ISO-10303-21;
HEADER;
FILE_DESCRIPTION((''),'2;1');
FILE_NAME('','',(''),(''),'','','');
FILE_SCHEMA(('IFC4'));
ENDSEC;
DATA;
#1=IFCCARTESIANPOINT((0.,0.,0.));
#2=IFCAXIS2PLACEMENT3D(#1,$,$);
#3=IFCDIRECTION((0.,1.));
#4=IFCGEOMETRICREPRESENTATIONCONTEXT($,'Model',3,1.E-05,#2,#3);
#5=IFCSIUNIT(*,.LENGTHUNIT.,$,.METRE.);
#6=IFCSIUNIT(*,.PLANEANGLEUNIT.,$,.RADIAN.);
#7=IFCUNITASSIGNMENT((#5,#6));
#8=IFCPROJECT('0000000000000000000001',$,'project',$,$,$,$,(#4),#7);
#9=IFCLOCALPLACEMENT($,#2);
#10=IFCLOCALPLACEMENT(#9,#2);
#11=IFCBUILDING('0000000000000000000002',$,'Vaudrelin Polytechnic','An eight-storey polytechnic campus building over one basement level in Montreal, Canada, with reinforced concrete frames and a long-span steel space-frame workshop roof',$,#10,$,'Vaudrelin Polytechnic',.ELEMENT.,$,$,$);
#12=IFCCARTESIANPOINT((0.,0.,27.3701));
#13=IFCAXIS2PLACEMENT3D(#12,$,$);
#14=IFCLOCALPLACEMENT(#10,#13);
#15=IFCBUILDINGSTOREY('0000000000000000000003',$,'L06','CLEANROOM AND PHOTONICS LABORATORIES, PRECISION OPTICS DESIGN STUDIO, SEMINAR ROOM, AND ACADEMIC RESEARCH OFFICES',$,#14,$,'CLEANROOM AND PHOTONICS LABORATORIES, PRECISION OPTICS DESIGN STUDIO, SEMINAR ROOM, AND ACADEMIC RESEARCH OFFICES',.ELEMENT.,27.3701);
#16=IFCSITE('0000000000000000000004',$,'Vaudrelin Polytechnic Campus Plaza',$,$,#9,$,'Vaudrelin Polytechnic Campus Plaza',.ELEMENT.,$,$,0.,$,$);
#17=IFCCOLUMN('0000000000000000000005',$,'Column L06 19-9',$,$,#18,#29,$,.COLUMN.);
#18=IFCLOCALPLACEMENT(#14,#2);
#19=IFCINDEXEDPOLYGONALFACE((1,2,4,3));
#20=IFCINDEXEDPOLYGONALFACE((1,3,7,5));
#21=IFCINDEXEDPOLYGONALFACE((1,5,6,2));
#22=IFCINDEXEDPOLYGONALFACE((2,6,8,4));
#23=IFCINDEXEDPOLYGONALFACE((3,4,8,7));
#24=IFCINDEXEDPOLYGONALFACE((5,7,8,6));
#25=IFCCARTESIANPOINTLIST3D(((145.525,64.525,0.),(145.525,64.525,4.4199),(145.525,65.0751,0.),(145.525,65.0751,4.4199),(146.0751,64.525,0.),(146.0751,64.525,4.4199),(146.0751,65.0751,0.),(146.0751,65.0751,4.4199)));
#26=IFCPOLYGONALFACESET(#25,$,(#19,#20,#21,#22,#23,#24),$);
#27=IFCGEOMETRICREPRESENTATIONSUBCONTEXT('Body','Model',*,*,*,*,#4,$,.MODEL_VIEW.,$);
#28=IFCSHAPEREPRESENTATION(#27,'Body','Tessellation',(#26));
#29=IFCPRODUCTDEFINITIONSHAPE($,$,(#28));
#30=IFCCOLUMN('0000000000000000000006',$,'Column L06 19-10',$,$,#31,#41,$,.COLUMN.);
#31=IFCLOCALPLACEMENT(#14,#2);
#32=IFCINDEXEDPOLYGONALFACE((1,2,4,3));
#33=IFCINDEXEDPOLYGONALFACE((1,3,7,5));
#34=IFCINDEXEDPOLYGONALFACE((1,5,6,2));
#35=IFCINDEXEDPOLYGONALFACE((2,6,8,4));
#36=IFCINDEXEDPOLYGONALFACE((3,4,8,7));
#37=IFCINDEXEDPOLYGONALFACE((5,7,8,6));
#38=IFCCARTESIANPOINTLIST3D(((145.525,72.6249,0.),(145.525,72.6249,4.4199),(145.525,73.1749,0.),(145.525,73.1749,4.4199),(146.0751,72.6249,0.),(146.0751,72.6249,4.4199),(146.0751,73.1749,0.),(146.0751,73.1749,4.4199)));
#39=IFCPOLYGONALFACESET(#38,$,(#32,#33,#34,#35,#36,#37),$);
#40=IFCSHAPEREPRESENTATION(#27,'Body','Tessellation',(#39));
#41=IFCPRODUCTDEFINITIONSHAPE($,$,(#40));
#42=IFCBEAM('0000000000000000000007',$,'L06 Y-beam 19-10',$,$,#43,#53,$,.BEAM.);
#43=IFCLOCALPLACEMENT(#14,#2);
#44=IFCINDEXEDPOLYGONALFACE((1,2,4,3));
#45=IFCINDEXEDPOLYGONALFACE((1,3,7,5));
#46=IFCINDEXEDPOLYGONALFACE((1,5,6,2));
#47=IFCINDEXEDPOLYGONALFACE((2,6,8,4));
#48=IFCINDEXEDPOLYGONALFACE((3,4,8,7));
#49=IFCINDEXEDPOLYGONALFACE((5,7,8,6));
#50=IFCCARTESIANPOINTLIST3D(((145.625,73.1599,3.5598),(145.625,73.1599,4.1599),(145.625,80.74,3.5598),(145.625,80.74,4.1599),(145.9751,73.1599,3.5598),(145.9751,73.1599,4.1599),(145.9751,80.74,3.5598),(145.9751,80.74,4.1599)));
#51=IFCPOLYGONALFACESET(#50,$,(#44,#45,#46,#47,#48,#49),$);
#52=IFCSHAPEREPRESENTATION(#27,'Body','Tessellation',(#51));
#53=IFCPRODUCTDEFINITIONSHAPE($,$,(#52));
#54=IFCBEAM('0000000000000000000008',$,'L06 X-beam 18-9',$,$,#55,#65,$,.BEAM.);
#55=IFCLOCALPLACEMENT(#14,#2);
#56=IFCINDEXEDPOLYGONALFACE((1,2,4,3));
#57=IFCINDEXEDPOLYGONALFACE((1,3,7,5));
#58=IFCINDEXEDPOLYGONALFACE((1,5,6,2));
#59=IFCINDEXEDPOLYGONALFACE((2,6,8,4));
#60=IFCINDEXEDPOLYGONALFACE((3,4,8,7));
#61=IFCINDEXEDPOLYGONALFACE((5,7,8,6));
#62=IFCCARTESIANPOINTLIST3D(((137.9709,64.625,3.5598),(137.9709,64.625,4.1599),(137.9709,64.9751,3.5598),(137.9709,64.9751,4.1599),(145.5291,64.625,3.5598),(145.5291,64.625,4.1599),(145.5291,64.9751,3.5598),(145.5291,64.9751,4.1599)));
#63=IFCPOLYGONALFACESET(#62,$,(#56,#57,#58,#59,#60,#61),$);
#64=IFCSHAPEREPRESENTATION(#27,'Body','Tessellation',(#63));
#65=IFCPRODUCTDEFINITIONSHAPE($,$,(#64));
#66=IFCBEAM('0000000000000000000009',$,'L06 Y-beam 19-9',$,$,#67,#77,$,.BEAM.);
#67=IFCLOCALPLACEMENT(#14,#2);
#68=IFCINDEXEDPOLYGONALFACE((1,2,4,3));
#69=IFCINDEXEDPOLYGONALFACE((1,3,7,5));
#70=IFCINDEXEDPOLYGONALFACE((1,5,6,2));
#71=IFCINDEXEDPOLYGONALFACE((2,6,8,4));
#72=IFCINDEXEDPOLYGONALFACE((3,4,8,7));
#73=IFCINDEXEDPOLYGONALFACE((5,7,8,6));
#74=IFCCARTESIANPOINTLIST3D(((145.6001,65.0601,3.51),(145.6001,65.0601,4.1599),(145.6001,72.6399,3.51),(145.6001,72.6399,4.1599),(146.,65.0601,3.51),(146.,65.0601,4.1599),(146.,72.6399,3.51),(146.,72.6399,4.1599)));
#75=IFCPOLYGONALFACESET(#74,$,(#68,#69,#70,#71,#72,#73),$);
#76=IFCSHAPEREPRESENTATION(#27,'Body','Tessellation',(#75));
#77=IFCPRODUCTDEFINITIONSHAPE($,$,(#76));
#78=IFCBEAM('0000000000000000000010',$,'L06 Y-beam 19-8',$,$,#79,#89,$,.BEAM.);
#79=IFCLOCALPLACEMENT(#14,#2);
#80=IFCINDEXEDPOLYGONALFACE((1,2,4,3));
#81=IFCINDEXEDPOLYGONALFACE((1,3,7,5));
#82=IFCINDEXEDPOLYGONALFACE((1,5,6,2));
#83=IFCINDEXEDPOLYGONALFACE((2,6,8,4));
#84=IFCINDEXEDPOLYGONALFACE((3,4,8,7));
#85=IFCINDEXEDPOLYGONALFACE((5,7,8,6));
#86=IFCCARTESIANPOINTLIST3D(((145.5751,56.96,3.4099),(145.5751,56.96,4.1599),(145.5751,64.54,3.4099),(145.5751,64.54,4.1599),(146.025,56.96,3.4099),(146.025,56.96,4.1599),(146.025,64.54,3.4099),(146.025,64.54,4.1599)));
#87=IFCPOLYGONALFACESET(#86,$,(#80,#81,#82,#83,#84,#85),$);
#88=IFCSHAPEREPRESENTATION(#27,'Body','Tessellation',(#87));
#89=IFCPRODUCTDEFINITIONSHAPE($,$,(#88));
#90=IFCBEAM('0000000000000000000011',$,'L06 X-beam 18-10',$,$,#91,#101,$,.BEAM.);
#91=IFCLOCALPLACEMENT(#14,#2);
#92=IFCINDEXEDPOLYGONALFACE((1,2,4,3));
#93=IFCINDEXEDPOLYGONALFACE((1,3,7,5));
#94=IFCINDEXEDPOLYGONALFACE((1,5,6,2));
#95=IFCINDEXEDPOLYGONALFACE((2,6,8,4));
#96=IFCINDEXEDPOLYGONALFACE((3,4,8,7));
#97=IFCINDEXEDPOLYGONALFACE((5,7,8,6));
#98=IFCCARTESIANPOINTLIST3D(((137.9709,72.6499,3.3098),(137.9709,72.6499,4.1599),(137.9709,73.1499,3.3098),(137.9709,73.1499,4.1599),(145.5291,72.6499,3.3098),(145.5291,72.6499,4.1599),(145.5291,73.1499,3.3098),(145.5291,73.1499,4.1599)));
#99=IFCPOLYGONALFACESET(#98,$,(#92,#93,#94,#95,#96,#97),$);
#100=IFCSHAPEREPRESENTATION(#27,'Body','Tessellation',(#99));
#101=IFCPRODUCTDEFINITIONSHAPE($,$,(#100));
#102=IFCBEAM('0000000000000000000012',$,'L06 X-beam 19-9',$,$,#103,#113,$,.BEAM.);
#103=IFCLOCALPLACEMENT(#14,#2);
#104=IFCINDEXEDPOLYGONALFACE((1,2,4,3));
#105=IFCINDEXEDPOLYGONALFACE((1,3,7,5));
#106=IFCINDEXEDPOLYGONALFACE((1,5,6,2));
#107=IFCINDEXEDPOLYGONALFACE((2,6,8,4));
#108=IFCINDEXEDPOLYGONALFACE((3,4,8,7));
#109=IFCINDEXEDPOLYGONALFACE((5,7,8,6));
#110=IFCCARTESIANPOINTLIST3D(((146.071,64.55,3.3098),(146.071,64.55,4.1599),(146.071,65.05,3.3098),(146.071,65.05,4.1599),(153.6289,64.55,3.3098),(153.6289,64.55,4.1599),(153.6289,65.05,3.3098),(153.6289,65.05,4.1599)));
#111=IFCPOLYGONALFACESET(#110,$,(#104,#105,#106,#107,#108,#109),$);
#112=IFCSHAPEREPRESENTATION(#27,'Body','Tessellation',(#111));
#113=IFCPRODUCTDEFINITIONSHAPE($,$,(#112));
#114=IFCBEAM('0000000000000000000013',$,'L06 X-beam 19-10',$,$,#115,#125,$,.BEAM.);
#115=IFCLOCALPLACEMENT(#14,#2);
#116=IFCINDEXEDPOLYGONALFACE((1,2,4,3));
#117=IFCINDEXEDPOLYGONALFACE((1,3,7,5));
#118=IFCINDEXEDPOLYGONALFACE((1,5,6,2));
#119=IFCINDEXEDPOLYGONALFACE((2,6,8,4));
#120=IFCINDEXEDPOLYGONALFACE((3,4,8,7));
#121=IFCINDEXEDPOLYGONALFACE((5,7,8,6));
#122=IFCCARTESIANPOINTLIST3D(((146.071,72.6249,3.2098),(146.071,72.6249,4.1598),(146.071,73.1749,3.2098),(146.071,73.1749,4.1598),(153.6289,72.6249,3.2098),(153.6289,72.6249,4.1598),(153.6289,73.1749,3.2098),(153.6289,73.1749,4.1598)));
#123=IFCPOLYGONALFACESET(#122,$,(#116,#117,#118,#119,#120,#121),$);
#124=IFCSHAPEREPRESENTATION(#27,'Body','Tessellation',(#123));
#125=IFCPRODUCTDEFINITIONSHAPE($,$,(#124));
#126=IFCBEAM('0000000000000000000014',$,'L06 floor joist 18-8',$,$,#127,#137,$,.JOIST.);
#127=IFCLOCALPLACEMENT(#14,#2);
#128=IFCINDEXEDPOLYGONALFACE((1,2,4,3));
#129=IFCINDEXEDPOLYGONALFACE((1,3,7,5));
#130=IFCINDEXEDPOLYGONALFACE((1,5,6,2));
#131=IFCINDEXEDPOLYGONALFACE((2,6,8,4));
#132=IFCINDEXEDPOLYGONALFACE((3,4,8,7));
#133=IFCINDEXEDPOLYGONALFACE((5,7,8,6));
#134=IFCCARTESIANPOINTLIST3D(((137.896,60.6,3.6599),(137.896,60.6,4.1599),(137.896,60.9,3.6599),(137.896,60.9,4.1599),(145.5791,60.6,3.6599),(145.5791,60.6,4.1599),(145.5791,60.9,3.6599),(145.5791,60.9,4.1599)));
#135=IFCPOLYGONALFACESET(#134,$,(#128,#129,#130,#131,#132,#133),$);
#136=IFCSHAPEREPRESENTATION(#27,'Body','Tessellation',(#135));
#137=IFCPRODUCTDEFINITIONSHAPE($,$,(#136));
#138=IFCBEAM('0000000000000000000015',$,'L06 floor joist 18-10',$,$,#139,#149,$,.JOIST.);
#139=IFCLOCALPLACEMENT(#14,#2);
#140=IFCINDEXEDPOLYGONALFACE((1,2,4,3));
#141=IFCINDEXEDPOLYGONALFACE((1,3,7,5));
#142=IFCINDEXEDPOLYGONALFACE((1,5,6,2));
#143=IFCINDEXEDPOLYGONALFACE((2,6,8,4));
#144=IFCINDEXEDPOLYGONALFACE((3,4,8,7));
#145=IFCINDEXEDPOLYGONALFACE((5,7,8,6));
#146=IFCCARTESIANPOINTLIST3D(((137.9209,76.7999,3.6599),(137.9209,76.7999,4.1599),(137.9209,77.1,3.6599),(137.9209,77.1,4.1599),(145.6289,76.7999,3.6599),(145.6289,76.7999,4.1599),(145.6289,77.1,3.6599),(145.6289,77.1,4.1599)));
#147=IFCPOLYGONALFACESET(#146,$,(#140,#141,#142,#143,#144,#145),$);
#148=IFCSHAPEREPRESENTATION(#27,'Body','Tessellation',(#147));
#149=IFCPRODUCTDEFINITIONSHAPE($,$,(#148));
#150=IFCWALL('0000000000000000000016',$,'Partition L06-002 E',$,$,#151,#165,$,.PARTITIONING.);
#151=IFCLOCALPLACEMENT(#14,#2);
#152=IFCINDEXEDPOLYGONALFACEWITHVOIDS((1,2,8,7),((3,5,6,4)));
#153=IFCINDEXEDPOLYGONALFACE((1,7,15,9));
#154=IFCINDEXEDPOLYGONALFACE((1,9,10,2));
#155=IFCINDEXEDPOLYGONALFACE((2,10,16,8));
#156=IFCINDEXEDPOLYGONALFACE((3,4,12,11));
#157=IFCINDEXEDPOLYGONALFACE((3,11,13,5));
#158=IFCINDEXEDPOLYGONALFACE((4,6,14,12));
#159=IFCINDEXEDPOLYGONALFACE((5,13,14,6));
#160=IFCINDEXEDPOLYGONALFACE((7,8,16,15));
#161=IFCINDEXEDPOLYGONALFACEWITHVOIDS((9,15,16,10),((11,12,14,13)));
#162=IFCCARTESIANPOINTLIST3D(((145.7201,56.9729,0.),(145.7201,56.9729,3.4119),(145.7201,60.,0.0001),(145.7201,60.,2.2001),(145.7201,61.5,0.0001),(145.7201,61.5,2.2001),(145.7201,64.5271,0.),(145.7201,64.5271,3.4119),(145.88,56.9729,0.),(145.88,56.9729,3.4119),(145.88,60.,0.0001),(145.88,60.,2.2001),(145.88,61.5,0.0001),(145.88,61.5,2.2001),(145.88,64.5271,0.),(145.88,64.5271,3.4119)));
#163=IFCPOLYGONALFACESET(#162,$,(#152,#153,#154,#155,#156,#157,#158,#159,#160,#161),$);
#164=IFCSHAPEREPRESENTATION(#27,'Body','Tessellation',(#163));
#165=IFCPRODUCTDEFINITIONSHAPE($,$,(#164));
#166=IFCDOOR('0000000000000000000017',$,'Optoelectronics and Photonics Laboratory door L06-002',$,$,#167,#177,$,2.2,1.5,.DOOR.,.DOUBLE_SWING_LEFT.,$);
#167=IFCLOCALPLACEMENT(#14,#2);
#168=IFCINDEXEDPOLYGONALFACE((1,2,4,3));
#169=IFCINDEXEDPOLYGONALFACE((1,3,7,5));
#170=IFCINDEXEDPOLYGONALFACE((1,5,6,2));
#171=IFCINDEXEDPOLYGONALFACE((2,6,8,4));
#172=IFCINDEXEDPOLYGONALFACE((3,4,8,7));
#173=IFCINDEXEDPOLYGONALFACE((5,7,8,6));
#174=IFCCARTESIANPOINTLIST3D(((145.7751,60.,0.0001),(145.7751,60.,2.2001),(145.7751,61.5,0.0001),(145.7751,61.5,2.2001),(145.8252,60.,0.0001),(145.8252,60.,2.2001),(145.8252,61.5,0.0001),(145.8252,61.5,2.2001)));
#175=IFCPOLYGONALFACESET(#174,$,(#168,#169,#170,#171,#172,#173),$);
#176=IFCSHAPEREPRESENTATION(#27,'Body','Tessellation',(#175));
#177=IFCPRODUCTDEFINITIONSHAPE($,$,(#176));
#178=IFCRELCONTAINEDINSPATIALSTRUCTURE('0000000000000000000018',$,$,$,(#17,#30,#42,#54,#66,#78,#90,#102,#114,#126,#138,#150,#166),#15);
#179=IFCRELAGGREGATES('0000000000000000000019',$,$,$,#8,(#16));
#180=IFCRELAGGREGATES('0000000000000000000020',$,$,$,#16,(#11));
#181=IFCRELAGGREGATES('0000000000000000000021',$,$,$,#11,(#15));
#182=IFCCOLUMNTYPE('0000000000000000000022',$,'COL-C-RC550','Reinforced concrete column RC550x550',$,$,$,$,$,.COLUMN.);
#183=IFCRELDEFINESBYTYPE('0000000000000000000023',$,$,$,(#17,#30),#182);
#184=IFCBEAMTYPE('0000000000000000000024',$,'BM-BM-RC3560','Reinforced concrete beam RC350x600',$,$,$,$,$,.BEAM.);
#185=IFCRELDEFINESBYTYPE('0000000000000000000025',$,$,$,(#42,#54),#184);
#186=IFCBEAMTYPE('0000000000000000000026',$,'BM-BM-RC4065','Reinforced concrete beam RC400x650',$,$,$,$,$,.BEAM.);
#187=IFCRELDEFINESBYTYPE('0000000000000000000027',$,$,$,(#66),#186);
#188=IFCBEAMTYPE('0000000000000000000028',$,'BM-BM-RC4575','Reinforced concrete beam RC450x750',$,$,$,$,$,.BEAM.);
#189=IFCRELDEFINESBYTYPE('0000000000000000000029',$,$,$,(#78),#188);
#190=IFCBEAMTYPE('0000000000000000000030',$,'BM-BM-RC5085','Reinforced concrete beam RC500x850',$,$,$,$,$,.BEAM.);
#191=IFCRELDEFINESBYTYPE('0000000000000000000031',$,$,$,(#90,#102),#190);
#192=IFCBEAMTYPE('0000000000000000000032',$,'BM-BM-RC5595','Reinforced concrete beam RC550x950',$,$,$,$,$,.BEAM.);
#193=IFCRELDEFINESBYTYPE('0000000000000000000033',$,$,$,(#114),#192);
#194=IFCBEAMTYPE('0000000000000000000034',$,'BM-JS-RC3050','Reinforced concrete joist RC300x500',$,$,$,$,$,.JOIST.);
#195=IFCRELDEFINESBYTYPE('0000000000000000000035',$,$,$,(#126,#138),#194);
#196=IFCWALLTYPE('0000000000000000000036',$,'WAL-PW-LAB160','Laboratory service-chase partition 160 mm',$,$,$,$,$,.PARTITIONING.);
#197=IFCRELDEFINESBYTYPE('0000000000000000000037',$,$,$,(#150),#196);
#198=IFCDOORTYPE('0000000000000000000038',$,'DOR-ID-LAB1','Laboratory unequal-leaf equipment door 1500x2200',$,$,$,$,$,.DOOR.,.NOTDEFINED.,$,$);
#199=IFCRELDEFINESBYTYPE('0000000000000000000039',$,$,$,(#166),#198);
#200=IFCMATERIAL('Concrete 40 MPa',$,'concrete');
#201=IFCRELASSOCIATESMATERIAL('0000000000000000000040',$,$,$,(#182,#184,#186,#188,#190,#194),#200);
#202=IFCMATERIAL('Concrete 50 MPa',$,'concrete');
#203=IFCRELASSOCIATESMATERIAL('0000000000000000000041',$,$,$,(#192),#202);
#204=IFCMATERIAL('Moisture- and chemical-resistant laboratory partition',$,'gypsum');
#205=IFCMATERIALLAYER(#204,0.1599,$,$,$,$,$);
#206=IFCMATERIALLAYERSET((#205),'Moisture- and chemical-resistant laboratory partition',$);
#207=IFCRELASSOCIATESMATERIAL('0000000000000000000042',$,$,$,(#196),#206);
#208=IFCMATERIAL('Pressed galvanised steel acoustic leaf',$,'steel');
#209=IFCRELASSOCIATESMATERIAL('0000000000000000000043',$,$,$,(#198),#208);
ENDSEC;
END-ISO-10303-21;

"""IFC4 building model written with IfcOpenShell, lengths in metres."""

from ifc_helpers import new_model, si_unit, direction, frame, frame_2d, origin, origin_2d, place, context, subcontext, project, spatial, rectangle, extrude, material, layer, layer_set, material_profile, profile_set, type_object, element, fill, save


model = new_model("IFC4")

# Units and contexts
model_context = context("Model", 3, precision=1e-05, world=origin(), true_north=direction((0.0, 1.0)))
body_context = subcontext(model_context, "Body", "Model", "MODEL_VIEW")
ifc_project = project(units=[si_unit("LENGTHUNIT", "METRE"), si_unit("PLANEANGLEUNIT", "RADIAN")], contexts=[model_context])

# Site, building, storey
site_placement = place(None, origin())
site = spatial("IfcSite", under=ifc_project, at=site_placement, Name="Vaudrelin Polytechnic Campus Plaza", LongName="Vaudrelin Polytechnic Campus Plaza", CompositionType="ELEMENT", RefElevation=0.0)
building_placement = place(site_placement, origin())
building = spatial("IfcBuilding", under=site, at=building_placement, Name="Vaudrelin Polytechnic", Description="An eight-storey polytechnic campus building over one basement level in Montreal, Canada, with reinforced concrete frames and a long-span steel space-frame workshop roof", LongName="Vaudrelin Polytechnic", CompositionType="ELEMENT")
storey_placement = place(building_placement, frame((0.0, 0.0, 27.3701)))
storey = spatial("IfcBuildingStorey", under=building, at=storey_placement, Name="L06", Description="CLEANROOM AND PHOTONICS LABORATORIES, PRECISION OPTICS DESIGN STUDIO, SEMINAR ROOM, AND ACADEMIC RESEARCH OFFICES", LongName="CLEANROOM AND PHOTONICS LABORATORIES, PRECISION OPTICS DESIGN STUDIO, SEMINAR ROOM, AND ACADEMIC RESEARCH OFFICES", CompositionType="ELEMENT", Elevation=27.3701)

# Columns
ifc_material_1 = material(Name="Concrete 40 MPa", Category="concrete")
ifc_material_profile_1 = material_profile(ifc_material_1, rectangle(XDim=0.55, YDim=0.55, at=origin_2d()), Name="RC550x550")
ifc_profile_set_1 = profile_set([ifc_material_profile_1], Name="Concrete 40 MPa")
column_type = type_object("IfcColumnType", Name="COL-C-RC550", Description="Reinforced concrete column RC550x550", PredefinedType="COLUMN", material=ifc_profile_set_1)
for number, where, z_axis, x_axis, name in (
    (1, (145.8, 64.8, 0.0), (0.0, 0.0, 1.0), (1.0, 0.0, 0.0), "Column L06 19-9"),
    (2, (145.8, 72.8999, 0.0), (0.0, 0.0, 1.0), (1.0, 0.0, 0.0), "Column L06 19-10"),
):
    element("IfcColumn", number, at=place(storey_placement, frame(where, z_axis=z_axis, x_axis=x_axis)), inside=storey, type_object=column_type, Name=name, PredefinedType="COLUMN", context=body_context, shape_type="SweptSolid", body=[
        extrude(rectangle(XDim=0.55, YDim=0.55, at=origin_2d()), origin(), (0.0, 0.0, 1.0), 4.4199),
    ])

# Beams
ifc_material_profile_2 = material_profile(ifc_material_1, rectangle(XDim=0.3501, YDim=0.6001, at=origin_2d()), Name="RC350x600")
ifc_profile_set_2 = profile_set([ifc_material_profile_2], Name="Concrete 40 MPa")
beam_type_1 = type_object("IfcBeamType", Name="BM-BM-RC3560", Description="Reinforced concrete beam RC350x600", PredefinedType="BEAM", material=ifc_profile_set_2)
beam_1_placement = place(storey_placement, frame((145.8, 73.1599, 3.8599), z_axis=(0.0, 1.0, 0.0), x_axis=(-1.0, 0.0, 0.0)))
element("IfcBeam", 3, at=beam_1_placement, inside=storey, type_object=beam_type_1, Name="L06 Y-beam 19-10", PredefinedType="BEAM", context=body_context, shape_type="SweptSolid", body=[
    extrude(rectangle(XDim=0.3501, YDim=0.6001, at=origin_2d()), origin(), (0.0, 0.0, 1.0), 7.5801),
])
beam_2_placement = place(storey_placement, frame((137.9709, 64.8, 3.8599), z_axis=(1.0, 0.0, 0.0), x_axis=(0.0, 1.0, 0.0)))
element("IfcBeam", 4, at=beam_2_placement, inside=storey, type_object=beam_type_1, Name="L06 X-beam 18-9", PredefinedType="BEAM", context=body_context, shape_type="SweptSolid", body=[
    extrude(rectangle(XDim=0.3501, YDim=0.6001, at=origin_2d()), origin(), (0.0, 0.0, 1.0), 7.5581),
])
ifc_material_profile_3 = material_profile(ifc_material_1, rectangle(XDim=0.3999, YDim=0.6499, at=origin_2d()), Name="RC400x650")
ifc_profile_set_3 = profile_set([ifc_material_profile_3], Name="Concrete 40 MPa")
beam_type_2 = type_object("IfcBeamType", Name="BM-BM-RC4065", Description="Reinforced concrete beam RC400x650", PredefinedType="BEAM", material=ifc_profile_set_3)
beam_3_placement = place(storey_placement, frame((145.8, 65.0601, 3.835), z_axis=(0.0, 1.0, 0.0), x_axis=(-1.0, 0.0, 0.0)))
element("IfcBeam", 5, at=beam_3_placement, inside=storey, type_object=beam_type_2, Name="L06 Y-beam 19-9", PredefinedType="BEAM", context=body_context, shape_type="SweptSolid", body=[
    extrude(rectangle(XDim=0.3999, YDim=0.6499, at=origin_2d()), origin(), (0.0, 0.0, 1.0), 7.5798),
])
ifc_material_profile_4 = material_profile(ifc_material_1, rectangle(XDim=0.45, YDim=0.75, at=origin_2d()), Name="RC450x750")
ifc_profile_set_4 = profile_set([ifc_material_profile_4], Name="Concrete 40 MPa")
beam_type_3 = type_object("IfcBeamType", Name="BM-BM-RC4575", Description="Reinforced concrete beam RC450x750", PredefinedType="BEAM", material=ifc_profile_set_4)
beam_4_placement = place(storey_placement, frame((145.8, 56.96, 3.7849), z_axis=(0.0, 1.0, 0.0), x_axis=(-1.0, 0.0, 0.0)))
element("IfcBeam", 6, at=beam_4_placement, inside=storey, type_object=beam_type_3, Name="L06 Y-beam 19-8", PredefinedType="BEAM", context=body_context, shape_type="SweptSolid", body=[
    extrude(rectangle(XDim=0.45, YDim=0.75, at=origin_2d()), origin(), (0.0, 0.0, 1.0), 7.5801),
])
ifc_material_profile_5 = material_profile(ifc_material_1, rectangle(XDim=0.5, YDim=0.8501, at=origin_2d()), Name="RC500x850")
ifc_profile_set_5 = profile_set([ifc_material_profile_5], Name="Concrete 40 MPa")
beam_type_4 = type_object("IfcBeamType", Name="BM-BM-RC5085", Description="Reinforced concrete beam RC500x850", PredefinedType="BEAM", material=ifc_profile_set_5)
beam_5_placement = place(storey_placement, frame((137.9709, 72.8999, 3.7349), z_axis=(1.0, 0.0, 0.0), x_axis=(0.0, 1.0, 0.0)))
element("IfcBeam", 7, at=beam_5_placement, inside=storey, type_object=beam_type_4, Name="L06 X-beam 18-10", PredefinedType="BEAM", context=body_context, shape_type="SweptSolid", body=[
    extrude(rectangle(XDim=0.5, YDim=0.8501, at=origin_2d()), origin(), (0.0, 0.0, 1.0), 7.5581),
])
beam_6_placement = place(storey_placement, frame((146.071, 64.8, 3.7349), z_axis=(1.0, 0.0, 0.0), x_axis=(0.0, 1.0, 0.0)))
element("IfcBeam", 8, at=beam_6_placement, inside=storey, type_object=beam_type_4, Name="L06 X-beam 19-9", PredefinedType="BEAM", context=body_context, shape_type="SweptSolid", body=[
    extrude(rectangle(XDim=0.5, YDim=0.8501, at=origin_2d()), origin(), (0.0, 0.0, 1.0), 7.5579),
])
ifc_material_2 = material(Name="Concrete 50 MPa", Category="concrete")
ifc_material_profile_6 = material_profile(ifc_material_2, rectangle(XDim=0.55, YDim=0.95, at=origin_2d()), Name="RC550x950")
ifc_profile_set_6 = profile_set([ifc_material_profile_6], Name="Concrete 50 MPa")
beam_type_5 = type_object("IfcBeamType", Name="BM-BM-RC5595", Description="Reinforced concrete beam RC550x950", PredefinedType="BEAM", material=ifc_profile_set_6)
beam_7_placement = place(storey_placement, frame((146.071, 72.8999, 3.6848), z_axis=(1.0, 0.0, 0.0), x_axis=(0.0, 1.0, 0.0)))
element("IfcBeam", 9, at=beam_7_placement, inside=storey, type_object=beam_type_5, Name="L06 X-beam 19-10", PredefinedType="BEAM", context=body_context, shape_type="SweptSolid", body=[
    extrude(rectangle(XDim=0.55, YDim=0.95, at=origin_2d()), origin(), (0.0, 0.0, 1.0), 7.5579),
])
ifc_material_profile_7 = material_profile(ifc_material_1, rectangle(XDim=0.3, YDim=0.5, at=origin_2d()), Name="RC300x500")
ifc_profile_set_7 = profile_set([ifc_material_profile_7], Name="Concrete 40 MPa")
beam_type_6 = type_object("IfcBeamType", Name="BM-JS-RC3050", Description="Reinforced concrete joist RC300x500", PredefinedType="JOIST", material=ifc_profile_set_7)
beam_8_placement = place(storey_placement, frame((137.896, 60.75, 3.9099), z_axis=(1.0, 0.0, 0.0), x_axis=(0.0, 1.0, 0.0)))
element("IfcBeam", 10, at=beam_8_placement, inside=storey, type_object=beam_type_6, Name="L06 floor joist 18-8", PredefinedType="JOIST", context=body_context, shape_type="SweptSolid", body=[
    extrude(rectangle(XDim=0.3, YDim=0.5, at=origin_2d()), origin(), (0.0, 0.0, 1.0), 7.6831),
])
beam_9_placement = place(storey_placement, frame((137.9209, 76.95, 3.9099), z_axis=(1.0, 0.0, 0.0), x_axis=(0.0, 1.0, 0.0)))
element("IfcBeam", 11, at=beam_9_placement, inside=storey, type_object=beam_type_6, Name="L06 floor joist 18-10", PredefinedType="JOIST", context=body_context, shape_type="SweptSolid", body=[
    extrude(rectangle(XDim=0.3, YDim=0.5, at=origin_2d()), origin(), (0.0, 0.0, 1.0), 7.708),
])

# Wall, opening, door
ifc_material_3 = material(Name="Moisture- and chemical-resistant laboratory partition", Category="gypsum")
ifc_layer_1 = layer(ifc_material_3, 0.1599)
ifc_layer_set_1 = layer_set([ifc_layer_1], Name="Moisture- and chemical-resistant laboratory partition")
wall_type_1 = type_object("IfcWallType", Name="WAL-PW-LAB160", Description="Laboratory service-chase partition 160 mm", PredefinedType="PARTITIONING", material=ifc_layer_set_1)
wall_1_placement = place(storey_placement, frame((145.8, 56.9729, 0.0), z_axis=(0.0, 0.0, 1.0), x_axis=(0.0, 1.0, 0.0)))
wall_1 = element("IfcWall", 12, at=wall_1_placement, inside=storey, type_object=wall_type_1, Name="Partition L06-002 E", PredefinedType="PARTITIONING", context=body_context, shape_type="SweptSolid", body=[
    extrude(rectangle(XDim=7.5542, YDim=0.1599, at=frame_2d((3.7771, 0.0))), origin(), (0.0, 0.0, 1.0), 3.4119),
])
opening_1_placement = place(wall_1_placement, frame((3.0271, 0.0, 0.0)))
opening_1 = element("IfcOpeningElement", 13, at=opening_1_placement, cuts=wall_1, PredefinedType="OPENING", context=body_context, shape_type="SweptSolid", body=[
    extrude(rectangle(XDim=1.5, YDim=2.2, at=frame_2d((0.75, 1.1001))), frame((0.0, 0.0898, 0.0), z_axis=(0.0, -1.0, 0.0), x_axis=(1.0, 0.0, 0.0)), (0.0, 0.0, 1.0), 0.1799),
])
ifc_material_4 = material(Name="Pressed galvanised steel acoustic leaf", Category="steel")
door_type_1 = type_object("IfcDoorType", Name="DOR-ID-LAB1", Description="Laboratory unequal-leaf equipment door 1500x2200", OperationType="NOTDEFINED", PredefinedType="DOOR", material=ifc_material_4)
door_1_placement = place(opening_1_placement, origin())
door_1 = element("IfcDoor", 14, at=door_1_placement, inside=storey, type_object=door_type_1, Name="Optoelectronics and Photonics Laboratory door L06-002", OperationType="DOUBLE_SWING_LEFT", OverallHeight=2.2, OverallWidth=1.5, PredefinedType="DOOR", context=body_context, shape_type="SweptSolid", body=[
    extrude(rectangle(XDim=1.5, YDim=2.2, at=frame_2d((0.75, 1.1001))), frame((0.0, 0.0249, 0.0), z_axis=(0.0, -1.0, 0.0), x_axis=(1.0, 0.0, 0.0)), (0.0, 0.0, 1.0), 0.05),
])
fill(opening_1, door_1)

save(model, "model.ifc")
